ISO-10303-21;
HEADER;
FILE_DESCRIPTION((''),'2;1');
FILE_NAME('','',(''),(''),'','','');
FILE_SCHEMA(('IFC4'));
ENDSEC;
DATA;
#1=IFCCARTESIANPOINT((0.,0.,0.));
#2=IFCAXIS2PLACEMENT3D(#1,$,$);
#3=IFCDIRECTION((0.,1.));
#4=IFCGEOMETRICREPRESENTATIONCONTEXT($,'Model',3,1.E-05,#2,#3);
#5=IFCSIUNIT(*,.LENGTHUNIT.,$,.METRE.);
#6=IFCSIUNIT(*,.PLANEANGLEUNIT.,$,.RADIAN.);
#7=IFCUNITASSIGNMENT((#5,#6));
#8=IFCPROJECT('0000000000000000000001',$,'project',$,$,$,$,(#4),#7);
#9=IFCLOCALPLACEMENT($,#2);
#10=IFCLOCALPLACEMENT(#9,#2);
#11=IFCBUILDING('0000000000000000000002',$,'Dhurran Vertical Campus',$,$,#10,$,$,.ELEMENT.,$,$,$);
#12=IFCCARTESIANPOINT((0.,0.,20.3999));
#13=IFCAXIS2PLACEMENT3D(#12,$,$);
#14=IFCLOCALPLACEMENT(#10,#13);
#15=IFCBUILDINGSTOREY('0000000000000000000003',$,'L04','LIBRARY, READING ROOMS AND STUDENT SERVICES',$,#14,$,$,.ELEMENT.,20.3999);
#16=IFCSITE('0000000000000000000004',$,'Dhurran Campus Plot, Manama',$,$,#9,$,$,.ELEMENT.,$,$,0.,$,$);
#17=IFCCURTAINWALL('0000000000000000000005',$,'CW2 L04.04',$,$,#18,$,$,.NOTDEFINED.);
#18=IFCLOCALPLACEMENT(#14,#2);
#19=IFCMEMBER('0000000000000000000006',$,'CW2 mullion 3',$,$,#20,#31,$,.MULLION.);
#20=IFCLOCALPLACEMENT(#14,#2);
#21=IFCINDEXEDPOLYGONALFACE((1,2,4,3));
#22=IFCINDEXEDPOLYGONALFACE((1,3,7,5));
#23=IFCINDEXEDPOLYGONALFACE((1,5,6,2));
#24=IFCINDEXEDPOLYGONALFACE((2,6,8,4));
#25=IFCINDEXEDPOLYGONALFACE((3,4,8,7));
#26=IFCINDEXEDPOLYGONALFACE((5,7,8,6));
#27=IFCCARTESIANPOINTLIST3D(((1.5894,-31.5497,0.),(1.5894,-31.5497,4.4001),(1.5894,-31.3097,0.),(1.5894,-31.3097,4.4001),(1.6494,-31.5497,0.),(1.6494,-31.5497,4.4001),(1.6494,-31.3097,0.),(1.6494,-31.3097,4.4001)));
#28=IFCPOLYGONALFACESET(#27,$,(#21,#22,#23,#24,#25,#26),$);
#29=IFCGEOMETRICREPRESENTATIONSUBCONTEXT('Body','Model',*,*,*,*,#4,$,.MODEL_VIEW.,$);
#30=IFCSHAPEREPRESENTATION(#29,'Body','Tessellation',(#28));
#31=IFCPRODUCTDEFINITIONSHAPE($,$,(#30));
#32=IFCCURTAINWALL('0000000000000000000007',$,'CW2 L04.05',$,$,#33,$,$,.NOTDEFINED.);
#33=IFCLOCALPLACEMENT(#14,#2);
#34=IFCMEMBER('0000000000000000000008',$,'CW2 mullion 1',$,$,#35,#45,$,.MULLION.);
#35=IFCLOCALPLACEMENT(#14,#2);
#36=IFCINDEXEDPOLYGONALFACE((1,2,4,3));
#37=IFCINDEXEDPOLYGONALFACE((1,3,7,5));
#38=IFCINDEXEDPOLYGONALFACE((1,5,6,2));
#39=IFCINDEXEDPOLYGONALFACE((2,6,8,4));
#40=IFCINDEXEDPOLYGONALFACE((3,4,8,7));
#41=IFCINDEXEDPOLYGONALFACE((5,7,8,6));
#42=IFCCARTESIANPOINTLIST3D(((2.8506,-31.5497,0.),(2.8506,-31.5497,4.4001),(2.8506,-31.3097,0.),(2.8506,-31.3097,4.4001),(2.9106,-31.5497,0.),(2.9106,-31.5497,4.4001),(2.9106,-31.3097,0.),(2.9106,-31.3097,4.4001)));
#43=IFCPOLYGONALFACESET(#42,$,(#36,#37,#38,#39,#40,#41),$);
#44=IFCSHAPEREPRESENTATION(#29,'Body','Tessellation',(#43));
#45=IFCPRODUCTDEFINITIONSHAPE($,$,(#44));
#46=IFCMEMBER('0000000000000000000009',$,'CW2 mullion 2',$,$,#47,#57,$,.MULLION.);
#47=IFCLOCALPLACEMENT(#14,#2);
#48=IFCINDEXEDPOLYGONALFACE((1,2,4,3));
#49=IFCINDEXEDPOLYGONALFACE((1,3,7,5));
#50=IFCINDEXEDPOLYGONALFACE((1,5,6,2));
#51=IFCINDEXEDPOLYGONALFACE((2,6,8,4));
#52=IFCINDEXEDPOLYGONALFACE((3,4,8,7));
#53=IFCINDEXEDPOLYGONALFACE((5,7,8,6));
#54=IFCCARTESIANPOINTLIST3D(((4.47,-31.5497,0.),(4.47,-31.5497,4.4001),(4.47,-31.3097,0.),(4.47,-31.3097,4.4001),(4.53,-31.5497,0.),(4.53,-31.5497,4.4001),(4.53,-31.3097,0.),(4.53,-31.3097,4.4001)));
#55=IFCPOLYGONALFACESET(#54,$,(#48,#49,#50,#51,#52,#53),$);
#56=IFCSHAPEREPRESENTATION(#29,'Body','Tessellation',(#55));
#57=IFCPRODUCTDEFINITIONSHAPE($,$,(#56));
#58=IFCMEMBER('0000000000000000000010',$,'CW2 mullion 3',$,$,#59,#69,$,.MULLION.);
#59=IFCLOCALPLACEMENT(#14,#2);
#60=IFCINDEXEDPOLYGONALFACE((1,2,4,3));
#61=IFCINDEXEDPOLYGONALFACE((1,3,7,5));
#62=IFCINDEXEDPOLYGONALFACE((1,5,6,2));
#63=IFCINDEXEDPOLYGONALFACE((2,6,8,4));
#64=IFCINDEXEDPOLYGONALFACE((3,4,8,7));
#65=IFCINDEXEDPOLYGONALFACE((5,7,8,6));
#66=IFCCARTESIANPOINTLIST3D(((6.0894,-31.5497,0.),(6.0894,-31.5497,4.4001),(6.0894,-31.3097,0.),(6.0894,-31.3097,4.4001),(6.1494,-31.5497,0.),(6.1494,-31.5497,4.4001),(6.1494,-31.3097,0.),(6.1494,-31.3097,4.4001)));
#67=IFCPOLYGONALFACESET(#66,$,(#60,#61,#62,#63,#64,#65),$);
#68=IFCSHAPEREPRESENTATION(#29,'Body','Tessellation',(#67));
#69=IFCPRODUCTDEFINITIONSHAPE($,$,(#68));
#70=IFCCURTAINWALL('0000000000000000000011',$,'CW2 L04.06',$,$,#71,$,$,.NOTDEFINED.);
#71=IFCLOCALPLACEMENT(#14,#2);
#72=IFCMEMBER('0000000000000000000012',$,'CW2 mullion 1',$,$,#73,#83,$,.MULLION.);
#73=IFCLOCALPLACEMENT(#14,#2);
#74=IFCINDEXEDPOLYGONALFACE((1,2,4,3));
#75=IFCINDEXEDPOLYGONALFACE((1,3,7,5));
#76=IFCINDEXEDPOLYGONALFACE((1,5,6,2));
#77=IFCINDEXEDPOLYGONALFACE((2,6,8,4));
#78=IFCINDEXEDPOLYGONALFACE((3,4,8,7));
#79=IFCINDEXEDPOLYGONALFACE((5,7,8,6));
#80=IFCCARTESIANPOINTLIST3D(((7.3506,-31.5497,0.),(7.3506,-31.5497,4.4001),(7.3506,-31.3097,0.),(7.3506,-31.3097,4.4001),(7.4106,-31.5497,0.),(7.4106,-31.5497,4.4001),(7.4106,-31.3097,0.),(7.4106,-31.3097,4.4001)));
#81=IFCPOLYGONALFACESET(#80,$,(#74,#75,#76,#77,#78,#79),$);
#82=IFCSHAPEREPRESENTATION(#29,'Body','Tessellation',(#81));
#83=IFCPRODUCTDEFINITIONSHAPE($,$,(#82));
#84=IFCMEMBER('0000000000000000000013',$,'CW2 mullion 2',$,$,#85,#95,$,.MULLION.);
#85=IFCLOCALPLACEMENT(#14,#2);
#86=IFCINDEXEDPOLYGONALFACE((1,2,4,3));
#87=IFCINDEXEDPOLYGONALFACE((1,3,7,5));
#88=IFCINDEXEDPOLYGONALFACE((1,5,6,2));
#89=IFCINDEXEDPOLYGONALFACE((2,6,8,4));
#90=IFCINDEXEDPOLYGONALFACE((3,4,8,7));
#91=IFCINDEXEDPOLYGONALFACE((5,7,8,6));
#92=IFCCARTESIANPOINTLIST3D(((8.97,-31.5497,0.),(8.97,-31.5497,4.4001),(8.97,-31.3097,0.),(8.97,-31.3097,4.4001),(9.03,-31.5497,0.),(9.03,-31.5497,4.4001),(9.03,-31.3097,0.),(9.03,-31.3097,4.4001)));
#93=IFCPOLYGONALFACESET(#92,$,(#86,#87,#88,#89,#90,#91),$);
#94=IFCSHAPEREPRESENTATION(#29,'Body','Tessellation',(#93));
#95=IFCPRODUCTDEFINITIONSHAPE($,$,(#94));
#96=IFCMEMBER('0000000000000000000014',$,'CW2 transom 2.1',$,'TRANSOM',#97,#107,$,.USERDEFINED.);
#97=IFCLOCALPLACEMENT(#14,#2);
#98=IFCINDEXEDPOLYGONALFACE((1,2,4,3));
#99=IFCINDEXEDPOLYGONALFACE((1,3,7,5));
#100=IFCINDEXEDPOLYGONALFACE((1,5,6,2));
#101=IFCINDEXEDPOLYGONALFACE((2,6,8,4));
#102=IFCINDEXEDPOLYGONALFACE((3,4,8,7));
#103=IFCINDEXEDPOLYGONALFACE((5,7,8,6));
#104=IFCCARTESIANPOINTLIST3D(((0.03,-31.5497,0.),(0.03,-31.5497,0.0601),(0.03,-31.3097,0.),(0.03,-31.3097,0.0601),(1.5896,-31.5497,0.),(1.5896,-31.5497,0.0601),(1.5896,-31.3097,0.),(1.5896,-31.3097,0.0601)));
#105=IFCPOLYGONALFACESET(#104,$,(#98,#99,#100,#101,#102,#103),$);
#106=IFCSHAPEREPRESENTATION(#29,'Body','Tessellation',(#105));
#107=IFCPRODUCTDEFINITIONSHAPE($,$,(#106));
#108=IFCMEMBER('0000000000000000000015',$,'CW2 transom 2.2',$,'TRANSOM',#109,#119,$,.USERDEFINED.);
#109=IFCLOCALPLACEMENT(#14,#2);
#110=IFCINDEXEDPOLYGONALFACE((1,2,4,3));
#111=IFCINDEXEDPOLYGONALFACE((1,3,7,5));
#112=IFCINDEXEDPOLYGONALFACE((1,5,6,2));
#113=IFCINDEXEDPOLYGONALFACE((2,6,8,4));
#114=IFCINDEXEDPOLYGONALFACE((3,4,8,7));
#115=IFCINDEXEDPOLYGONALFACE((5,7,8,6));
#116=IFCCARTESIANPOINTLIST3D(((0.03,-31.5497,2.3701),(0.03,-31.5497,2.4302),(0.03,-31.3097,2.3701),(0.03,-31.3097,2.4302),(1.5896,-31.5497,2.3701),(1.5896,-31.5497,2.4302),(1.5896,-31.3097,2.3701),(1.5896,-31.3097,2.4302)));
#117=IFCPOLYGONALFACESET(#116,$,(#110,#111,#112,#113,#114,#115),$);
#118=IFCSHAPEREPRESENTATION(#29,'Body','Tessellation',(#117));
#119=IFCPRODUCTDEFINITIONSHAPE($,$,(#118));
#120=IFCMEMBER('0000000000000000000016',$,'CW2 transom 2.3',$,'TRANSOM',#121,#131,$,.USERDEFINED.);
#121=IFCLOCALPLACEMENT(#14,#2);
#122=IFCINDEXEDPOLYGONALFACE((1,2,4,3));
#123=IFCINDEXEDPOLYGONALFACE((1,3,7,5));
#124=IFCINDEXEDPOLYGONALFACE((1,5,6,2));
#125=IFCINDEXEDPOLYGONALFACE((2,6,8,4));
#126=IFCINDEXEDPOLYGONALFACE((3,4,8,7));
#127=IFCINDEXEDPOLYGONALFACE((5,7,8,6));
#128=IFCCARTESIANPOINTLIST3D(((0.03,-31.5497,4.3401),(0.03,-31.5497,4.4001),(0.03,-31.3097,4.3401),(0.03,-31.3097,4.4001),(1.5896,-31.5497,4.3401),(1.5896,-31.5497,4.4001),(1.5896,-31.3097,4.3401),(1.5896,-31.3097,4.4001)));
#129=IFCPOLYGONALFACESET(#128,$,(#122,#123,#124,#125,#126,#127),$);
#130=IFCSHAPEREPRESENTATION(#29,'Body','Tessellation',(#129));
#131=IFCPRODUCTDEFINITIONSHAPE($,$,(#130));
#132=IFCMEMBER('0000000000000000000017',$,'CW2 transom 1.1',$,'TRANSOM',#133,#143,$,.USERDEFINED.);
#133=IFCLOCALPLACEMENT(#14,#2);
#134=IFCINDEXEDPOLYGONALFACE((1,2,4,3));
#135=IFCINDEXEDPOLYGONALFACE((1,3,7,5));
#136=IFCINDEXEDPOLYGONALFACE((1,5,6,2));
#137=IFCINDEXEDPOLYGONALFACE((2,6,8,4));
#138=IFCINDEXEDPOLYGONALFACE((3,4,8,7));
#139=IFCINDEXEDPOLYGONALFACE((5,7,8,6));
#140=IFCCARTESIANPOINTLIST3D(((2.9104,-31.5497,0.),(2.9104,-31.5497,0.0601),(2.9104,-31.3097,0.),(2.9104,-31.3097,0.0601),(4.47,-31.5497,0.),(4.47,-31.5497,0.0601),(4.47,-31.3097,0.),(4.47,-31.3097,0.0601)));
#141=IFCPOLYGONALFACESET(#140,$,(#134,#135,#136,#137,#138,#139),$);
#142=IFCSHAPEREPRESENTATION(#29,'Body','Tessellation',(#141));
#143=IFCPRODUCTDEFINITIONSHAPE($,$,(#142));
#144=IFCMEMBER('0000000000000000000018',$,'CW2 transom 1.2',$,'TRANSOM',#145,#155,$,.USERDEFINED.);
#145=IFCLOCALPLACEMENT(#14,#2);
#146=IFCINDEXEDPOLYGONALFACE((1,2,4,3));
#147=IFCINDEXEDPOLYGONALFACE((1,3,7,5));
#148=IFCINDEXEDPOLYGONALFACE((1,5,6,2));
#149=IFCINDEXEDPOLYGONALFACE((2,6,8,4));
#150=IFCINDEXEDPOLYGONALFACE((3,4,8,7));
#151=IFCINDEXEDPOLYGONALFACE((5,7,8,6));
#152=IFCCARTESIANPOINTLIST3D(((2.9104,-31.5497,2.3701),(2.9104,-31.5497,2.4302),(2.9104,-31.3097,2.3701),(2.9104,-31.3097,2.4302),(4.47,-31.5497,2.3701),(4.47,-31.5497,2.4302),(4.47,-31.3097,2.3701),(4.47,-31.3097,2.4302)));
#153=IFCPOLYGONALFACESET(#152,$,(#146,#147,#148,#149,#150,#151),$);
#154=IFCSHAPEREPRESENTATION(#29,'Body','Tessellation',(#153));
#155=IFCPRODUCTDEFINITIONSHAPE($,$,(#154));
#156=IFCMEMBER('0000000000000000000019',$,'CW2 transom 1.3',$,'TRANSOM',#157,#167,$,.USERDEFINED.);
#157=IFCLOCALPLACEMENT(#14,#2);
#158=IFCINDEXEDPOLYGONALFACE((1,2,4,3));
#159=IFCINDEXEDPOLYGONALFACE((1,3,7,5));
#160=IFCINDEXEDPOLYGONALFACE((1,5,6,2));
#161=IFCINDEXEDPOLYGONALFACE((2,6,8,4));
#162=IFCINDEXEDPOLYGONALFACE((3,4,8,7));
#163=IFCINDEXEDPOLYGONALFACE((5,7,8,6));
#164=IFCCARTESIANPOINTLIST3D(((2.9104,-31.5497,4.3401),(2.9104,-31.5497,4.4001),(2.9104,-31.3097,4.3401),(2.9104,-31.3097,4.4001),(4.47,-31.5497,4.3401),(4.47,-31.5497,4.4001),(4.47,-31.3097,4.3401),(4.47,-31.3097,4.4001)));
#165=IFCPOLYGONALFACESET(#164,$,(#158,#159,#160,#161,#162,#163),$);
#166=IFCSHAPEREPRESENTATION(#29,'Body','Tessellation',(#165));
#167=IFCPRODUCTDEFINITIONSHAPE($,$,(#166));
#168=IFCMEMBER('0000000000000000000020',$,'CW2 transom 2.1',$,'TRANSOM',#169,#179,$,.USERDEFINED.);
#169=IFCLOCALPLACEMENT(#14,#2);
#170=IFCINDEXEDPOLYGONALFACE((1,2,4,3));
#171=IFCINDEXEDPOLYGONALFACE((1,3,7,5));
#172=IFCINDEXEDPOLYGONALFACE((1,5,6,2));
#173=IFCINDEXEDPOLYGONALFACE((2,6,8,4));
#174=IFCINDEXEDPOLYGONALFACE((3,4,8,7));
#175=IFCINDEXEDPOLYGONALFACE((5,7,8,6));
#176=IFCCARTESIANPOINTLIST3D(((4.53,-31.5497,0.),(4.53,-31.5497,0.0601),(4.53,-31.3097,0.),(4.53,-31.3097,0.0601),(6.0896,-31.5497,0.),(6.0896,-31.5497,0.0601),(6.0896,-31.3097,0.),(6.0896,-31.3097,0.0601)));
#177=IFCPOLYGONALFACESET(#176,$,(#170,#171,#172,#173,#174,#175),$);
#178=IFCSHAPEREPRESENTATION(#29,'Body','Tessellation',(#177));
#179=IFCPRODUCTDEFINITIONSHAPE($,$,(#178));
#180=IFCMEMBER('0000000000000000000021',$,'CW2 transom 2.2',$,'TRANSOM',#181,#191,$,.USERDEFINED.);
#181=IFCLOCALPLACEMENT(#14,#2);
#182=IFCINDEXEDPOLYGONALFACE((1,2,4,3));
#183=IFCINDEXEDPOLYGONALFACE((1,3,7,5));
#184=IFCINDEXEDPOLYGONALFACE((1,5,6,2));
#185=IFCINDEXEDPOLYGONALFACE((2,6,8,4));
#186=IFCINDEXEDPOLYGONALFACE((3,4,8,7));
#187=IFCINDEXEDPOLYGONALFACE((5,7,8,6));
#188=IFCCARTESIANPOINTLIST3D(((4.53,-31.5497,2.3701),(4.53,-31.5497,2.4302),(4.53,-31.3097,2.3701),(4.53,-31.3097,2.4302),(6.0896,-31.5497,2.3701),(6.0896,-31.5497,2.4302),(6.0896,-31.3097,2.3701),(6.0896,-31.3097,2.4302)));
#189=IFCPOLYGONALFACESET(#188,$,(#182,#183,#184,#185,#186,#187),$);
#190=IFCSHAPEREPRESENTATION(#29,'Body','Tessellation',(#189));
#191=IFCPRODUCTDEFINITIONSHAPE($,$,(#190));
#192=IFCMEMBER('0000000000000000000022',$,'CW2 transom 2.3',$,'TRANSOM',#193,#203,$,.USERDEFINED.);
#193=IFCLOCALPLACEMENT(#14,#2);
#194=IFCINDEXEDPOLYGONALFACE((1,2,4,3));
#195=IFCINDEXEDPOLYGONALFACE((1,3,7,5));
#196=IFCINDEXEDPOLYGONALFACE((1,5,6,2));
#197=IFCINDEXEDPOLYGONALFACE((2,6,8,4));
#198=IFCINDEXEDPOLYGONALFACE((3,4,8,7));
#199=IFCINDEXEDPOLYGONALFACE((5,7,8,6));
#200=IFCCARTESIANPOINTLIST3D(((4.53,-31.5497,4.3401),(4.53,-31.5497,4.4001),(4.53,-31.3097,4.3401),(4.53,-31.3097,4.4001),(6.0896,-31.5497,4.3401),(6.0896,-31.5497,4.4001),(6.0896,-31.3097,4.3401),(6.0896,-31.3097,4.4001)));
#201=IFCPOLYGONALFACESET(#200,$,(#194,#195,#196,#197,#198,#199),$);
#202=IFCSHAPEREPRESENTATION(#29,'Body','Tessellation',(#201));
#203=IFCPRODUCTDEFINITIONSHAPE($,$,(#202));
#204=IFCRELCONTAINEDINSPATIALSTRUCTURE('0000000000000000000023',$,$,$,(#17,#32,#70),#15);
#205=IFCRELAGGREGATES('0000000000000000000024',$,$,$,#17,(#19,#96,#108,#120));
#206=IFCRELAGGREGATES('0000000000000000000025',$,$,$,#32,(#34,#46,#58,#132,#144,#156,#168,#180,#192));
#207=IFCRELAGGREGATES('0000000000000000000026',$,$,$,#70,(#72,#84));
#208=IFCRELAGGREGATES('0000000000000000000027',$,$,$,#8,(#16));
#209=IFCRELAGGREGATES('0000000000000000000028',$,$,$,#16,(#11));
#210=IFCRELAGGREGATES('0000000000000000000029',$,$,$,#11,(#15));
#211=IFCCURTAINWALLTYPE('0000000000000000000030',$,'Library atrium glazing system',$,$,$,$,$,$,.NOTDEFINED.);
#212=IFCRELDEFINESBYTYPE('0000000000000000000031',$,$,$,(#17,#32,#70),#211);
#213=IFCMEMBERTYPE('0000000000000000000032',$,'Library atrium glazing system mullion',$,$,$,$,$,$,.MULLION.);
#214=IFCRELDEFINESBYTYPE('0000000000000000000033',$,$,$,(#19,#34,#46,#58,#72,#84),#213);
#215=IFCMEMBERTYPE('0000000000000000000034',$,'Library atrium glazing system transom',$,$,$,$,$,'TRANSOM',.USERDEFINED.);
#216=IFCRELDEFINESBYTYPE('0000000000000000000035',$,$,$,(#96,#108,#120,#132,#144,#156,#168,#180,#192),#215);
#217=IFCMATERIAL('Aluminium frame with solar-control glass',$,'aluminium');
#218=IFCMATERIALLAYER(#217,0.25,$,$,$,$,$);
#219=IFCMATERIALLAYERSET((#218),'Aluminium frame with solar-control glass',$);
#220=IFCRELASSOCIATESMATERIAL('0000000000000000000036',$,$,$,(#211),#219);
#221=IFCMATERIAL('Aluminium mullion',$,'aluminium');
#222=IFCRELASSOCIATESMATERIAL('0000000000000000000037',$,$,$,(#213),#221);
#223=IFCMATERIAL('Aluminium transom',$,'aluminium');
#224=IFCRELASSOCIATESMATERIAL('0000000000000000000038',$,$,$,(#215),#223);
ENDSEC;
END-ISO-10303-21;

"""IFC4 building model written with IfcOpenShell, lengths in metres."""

from ifc_helpers import new_model, si_unit, direction, frame, origin, origin_2d, place, context, subcontext, project, spatial, rectangle, extrude, material, layer, layer_set, material_profile, profile_set, type_object, element, aggregate, save


model = new_model("IFC4")

# Units and contexts
model_context = context("Model", 3, precision=1e-05, world=origin(), true_north=direction((0.0, 1.0)))
body_context = subcontext(model_context, "Body", "Model", "MODEL_VIEW")
ifc_project = project(units=[si_unit("LENGTHUNIT", "METRE"), si_unit("PLANEANGLEUNIT", "RADIAN")], contexts=[model_context])

# Site, building, storey
site_placement = place(None, origin())
site = spatial("IfcSite", under=ifc_project, at=site_placement, Name="Dhurran Campus Plot, Manama", CompositionType="ELEMENT", RefElevation=0.0)
building_placement = place(site_placement, origin())
building = spatial("IfcBuilding", under=site, at=building_placement, Name="Dhurran Vertical Campus", CompositionType="ELEMENT")
storey_placement = place(building_placement, frame((0.0, 0.0, 20.3999)))
storey = spatial("IfcBuildingStorey", under=building, at=storey_placement, Name="L04", Description="LIBRARY, READING ROOMS AND STUDENT SERVICES", CompositionType="ELEMENT", Elevation=20.3999)

# Curtain wall, member
ifc_material_1 = material(Name="Aluminium frame with solar-control glass", Category="aluminium")
ifc_layer_1 = layer(ifc_material_1, 0.25)
ifc_layer_set_1 = layer_set([ifc_layer_1], Name="Aluminium frame with solar-control glass")
curtain_wall_type = type_object("IfcCurtainWallType", Name="Library atrium glazing system", PredefinedType="NOTDEFINED", material=ifc_layer_set_1)
curtain_wall_1_placement = place(storey_placement, origin())
curtain_wall_1 = element("IfcCurtainWall", 1, at=curtain_wall_1_placement, inside=storey, type_object=curtain_wall_type, Name="CW2 L04.04", PredefinedType="NOTDEFINED")
ifc_material_2 = material(Name="Aluminium mullion", Category="aluminium")
ifc_material_profile_1 = material_profile(ifc_material_2, rectangle(XDim=0.24, YDim=0.0601, at=origin_2d()), Name="Library atrium glazing system mullion")
ifc_profile_set_1 = profile_set([ifc_material_profile_1], Name="Aluminium mullion")
member_type_1 = type_object("IfcMemberType", Name="Library atrium glazing system mullion", PredefinedType="MULLION", material=ifc_profile_set_1)
member_1_placement = place(storey_placement, frame((1.6194, -31.4297, 0.0), z_axis=(0.0, 0.0, 1.0), x_axis=(0.0, 1.0, 0.0)))
member_1 = element("IfcMember", 2, at=member_1_placement, type_object=member_type_1, Name="CW2 mullion 3", PredefinedType="MULLION", context=body_context, shape_type="SweptSolid", body=[
    extrude(rectangle(XDim=0.24, YDim=0.0601, at=origin_2d()), origin(), (0.0, 0.0, 1.0), 4.4001),
])

# Curtain walls, members
curtain_wall_2_placement = place(storey_placement, origin())
curtain_wall_2 = element("IfcCurtainWall", 3, at=curtain_wall_2_placement, inside=storey, type_object=curtain_wall_type, Name="CW2 L04.05", PredefinedType="NOTDEFINED")
member_2_placement = place(storey_placement, frame((2.8806, -31.4297, 0.0), z_axis=(0.0, 0.0, 1.0), x_axis=(0.0, 1.0, 0.0)))
member_2 = element("IfcMember", 4, at=member_2_placement, type_object=member_type_1, Name="CW2 mullion 1", PredefinedType="MULLION", context=body_context, shape_type="SweptSolid", body=[
    extrude(rectangle(XDim=0.24, YDim=0.0601, at=origin_2d()), origin(), (0.0, 0.0, 1.0), 4.4001),
])
member_3_placement = place(storey_placement, frame((4.5, -31.4297, 0.0), z_axis=(0.0, 0.0, 1.0), x_axis=(0.0, 1.0, 0.0)))
member_3 = element("IfcMember", 5, at=member_3_placement, type_object=member_type_1, Name="CW2 mullion 2", PredefinedType="MULLION", context=body_context, shape_type="SweptSolid", body=[
    extrude(rectangle(XDim=0.24, YDim=0.0601, at=origin_2d()), origin(), (0.0, 0.0, 1.0), 4.4001),
])
member_4_placement = place(storey_placement, frame((6.1194, -31.4297, 0.0), z_axis=(0.0, 0.0, 1.0), x_axis=(0.0, 1.0, 0.0)))
member_4 = element("IfcMember", 6, at=member_4_placement, type_object=member_type_1, Name="CW2 mullion 3", PredefinedType="MULLION", context=body_context, shape_type="SweptSolid", body=[
    extrude(rectangle(XDim=0.24, YDim=0.0601, at=origin_2d()), origin(), (0.0, 0.0, 1.0), 4.4001),
])
curtain_wall_3_placement = place(storey_placement, origin())
curtain_wall_3 = element("IfcCurtainWall", 7, at=curtain_wall_3_placement, inside=storey, type_object=curtain_wall_type, Name="CW2 L04.06", PredefinedType="NOTDEFINED")
member_5_placement = place(storey_placement, frame((7.3806, -31.4297, 0.0), z_axis=(0.0, 0.0, 1.0), x_axis=(0.0, 1.0, 0.0)))
member_5 = element("IfcMember", 8, at=member_5_placement, type_object=member_type_1, Name="CW2 mullion 1", PredefinedType="MULLION", context=body_context, shape_type="SweptSolid", body=[
    extrude(rectangle(XDim=0.24, YDim=0.0601, at=origin_2d()), origin(), (0.0, 0.0, 1.0), 4.4001),
])
member_6_placement = place(storey_placement, frame((9.0, -31.4297, 0.0), z_axis=(0.0, 0.0, 1.0), x_axis=(0.0, 1.0, 0.0)))
member_6 = element("IfcMember", 9, at=member_6_placement, type_object=member_type_1, Name="CW2 mullion 2", PredefinedType="MULLION", context=body_context, shape_type="SweptSolid", body=[
    extrude(rectangle(XDim=0.24, YDim=0.0601, at=origin_2d()), origin(), (0.0, 0.0, 1.0), 4.4001),
])

# Members
ifc_material_3 = material(Name="Aluminium transom", Category="aluminium")
ifc_material_profile_2 = material_profile(ifc_material_3, rectangle(XDim=0.24, YDim=0.0601, at=origin_2d()), Name="Library atrium glazing system transom")
ifc_profile_set_2 = profile_set([ifc_material_profile_2], Name="Aluminium transom")
member_type_2 = type_object("IfcMemberType", Name="Library atrium glazing system transom", ElementType="TRANSOM", PredefinedType="USERDEFINED", material=ifc_profile_set_2)
member_7_placement = place(storey_placement, frame((0.03, -31.4297, 0.03), z_axis=(1.0, 0.0, 0.0), x_axis=(0.0, 1.0, 0.0)))
member_7 = element("IfcMember", 10, at=member_7_placement, type_object=member_type_2, Name="CW2 transom 2.1", ObjectType="TRANSOM", PredefinedType="USERDEFINED", context=body_context, shape_type="SweptSolid", body=[
    extrude(rectangle(XDim=0.24, YDim=0.0601, at=origin_2d()), origin(), (0.0, 0.0, 1.0), 1.5596),
])
member_8_placement = place(storey_placement, frame((0.03, -31.4297, 2.4001), z_axis=(1.0, 0.0, 0.0), x_axis=(0.0, 1.0, 0.0)))
member_8 = element("IfcMember", 11, at=member_8_placement, type_object=member_type_2, Name="CW2 transom 2.2", ObjectType="TRANSOM", PredefinedType="USERDEFINED", context=body_context, shape_type="SweptSolid", body=[
    extrude(rectangle(XDim=0.24, YDim=0.0601, at=origin_2d()), origin(), (0.0, 0.0, 1.0), 1.5596),
])
member_9_placement = place(storey_placement, frame((0.03, -31.4297, 4.3701), z_axis=(1.0, 0.0, 0.0), x_axis=(0.0, 1.0, 0.0)))
member_9 = element("IfcMember", 12, at=member_9_placement, type_object=member_type_2, Name="CW2 transom 2.3", ObjectType="TRANSOM", PredefinedType="USERDEFINED", context=body_context, shape_type="SweptSolid", body=[
    extrude(rectangle(XDim=0.24, YDim=0.0601, at=origin_2d()), origin(), (0.0, 0.0, 1.0), 1.5596),
])
member_10_placement = place(storey_placement, frame((2.9104, -31.4297, 0.03), z_axis=(1.0, 0.0, 0.0), x_axis=(0.0, 1.0, 0.0)))
member_10 = element("IfcMember", 13, at=member_10_placement, type_object=member_type_2, Name="CW2 transom 1.1", ObjectType="TRANSOM", PredefinedType="USERDEFINED", context=body_context, shape_type="SweptSolid", body=[
    extrude(rectangle(XDim=0.24, YDim=0.0601, at=origin_2d()), origin(), (0.0, 0.0, 1.0), 1.5596),
])
member_11_placement = place(storey_placement, frame((2.9104, -31.4297, 2.4001), z_axis=(1.0, 0.0, 0.0), x_axis=(0.0, 1.0, 0.0)))
member_11 = element("IfcMember", 14, at=member_11_placement, type_object=member_type_2, Name="CW2 transom 1.2", ObjectType="TRANSOM", PredefinedType="USERDEFINED", context=body_context, shape_type="SweptSolid", body=[
    extrude(rectangle(XDim=0.24, YDim=0.0601, at=origin_2d()), origin(), (0.0, 0.0, 1.0), 1.5596),
])
member_12_placement = place(storey_placement, frame((2.9104, -31.4297, 4.3701), z_axis=(1.0, 0.0, 0.0), x_axis=(0.0, 1.0, 0.0)))
member_12 = element("IfcMember", 15, at=member_12_placement, type_object=member_type_2, Name="CW2 transom 1.3", ObjectType="TRANSOM", PredefinedType="USERDEFINED", context=body_context, shape_type="SweptSolid", body=[
    extrude(rectangle(XDim=0.24, YDim=0.0601, at=origin_2d()), origin(), (0.0, 0.0, 1.0), 1.5596),
])
member_13_placement = place(storey_placement, frame((4.53, -31.4297, 0.03), z_axis=(1.0, 0.0, 0.0), x_axis=(0.0, 1.0, 0.0)))
member_13 = element("IfcMember", 16, at=member_13_placement, type_object=member_type_2, Name="CW2 transom 2.1", ObjectType="TRANSOM", PredefinedType="USERDEFINED", context=body_context, shape_type="SweptSolid", body=[
    extrude(rectangle(XDim=0.24, YDim=0.0601, at=origin_2d()), origin(), (0.0, 0.0, 1.0), 1.5596),
])
member_14_placement = place(storey_placement, frame((4.53, -31.4297, 2.4001), z_axis=(1.0, 0.0, 0.0), x_axis=(0.0, 1.0, 0.0)))
member_14 = element("IfcMember", 17, at=member_14_placement, type_object=member_type_2, Name="CW2 transom 2.2", ObjectType="TRANSOM", PredefinedType="USERDEFINED", context=body_context, shape_type="SweptSolid", body=[
    extrude(rectangle(XDim=0.24, YDim=0.0601, at=origin_2d()), origin(), (0.0, 0.0, 1.0), 1.5596),
])
member_15_placement = place(storey_placement, frame((4.53, -31.4297, 4.3701), z_axis=(1.0, 0.0, 0.0), x_axis=(0.0, 1.0, 0.0)))
member_15 = element("IfcMember", 18, at=member_15_placement, type_object=member_type_2, Name="CW2 transom 2.3", ObjectType="TRANSOM", PredefinedType="USERDEFINED", context=body_context, shape_type="SweptSolid", body=[
    extrude(rectangle(XDim=0.24, YDim=0.0601, at=origin_2d()), origin(), (0.0, 0.0, 1.0), 1.5596),
])

aggregate(curtain_wall_1, [member_1, member_7, member_8, member_9])
aggregate(curtain_wall_2, [member_2, member_3, member_4, member_10, member_11, member_12, member_13, member_14, member_15])
aggregate(curtain_wall_3, [member_5, member_6])

save(model, "model.ifc")
